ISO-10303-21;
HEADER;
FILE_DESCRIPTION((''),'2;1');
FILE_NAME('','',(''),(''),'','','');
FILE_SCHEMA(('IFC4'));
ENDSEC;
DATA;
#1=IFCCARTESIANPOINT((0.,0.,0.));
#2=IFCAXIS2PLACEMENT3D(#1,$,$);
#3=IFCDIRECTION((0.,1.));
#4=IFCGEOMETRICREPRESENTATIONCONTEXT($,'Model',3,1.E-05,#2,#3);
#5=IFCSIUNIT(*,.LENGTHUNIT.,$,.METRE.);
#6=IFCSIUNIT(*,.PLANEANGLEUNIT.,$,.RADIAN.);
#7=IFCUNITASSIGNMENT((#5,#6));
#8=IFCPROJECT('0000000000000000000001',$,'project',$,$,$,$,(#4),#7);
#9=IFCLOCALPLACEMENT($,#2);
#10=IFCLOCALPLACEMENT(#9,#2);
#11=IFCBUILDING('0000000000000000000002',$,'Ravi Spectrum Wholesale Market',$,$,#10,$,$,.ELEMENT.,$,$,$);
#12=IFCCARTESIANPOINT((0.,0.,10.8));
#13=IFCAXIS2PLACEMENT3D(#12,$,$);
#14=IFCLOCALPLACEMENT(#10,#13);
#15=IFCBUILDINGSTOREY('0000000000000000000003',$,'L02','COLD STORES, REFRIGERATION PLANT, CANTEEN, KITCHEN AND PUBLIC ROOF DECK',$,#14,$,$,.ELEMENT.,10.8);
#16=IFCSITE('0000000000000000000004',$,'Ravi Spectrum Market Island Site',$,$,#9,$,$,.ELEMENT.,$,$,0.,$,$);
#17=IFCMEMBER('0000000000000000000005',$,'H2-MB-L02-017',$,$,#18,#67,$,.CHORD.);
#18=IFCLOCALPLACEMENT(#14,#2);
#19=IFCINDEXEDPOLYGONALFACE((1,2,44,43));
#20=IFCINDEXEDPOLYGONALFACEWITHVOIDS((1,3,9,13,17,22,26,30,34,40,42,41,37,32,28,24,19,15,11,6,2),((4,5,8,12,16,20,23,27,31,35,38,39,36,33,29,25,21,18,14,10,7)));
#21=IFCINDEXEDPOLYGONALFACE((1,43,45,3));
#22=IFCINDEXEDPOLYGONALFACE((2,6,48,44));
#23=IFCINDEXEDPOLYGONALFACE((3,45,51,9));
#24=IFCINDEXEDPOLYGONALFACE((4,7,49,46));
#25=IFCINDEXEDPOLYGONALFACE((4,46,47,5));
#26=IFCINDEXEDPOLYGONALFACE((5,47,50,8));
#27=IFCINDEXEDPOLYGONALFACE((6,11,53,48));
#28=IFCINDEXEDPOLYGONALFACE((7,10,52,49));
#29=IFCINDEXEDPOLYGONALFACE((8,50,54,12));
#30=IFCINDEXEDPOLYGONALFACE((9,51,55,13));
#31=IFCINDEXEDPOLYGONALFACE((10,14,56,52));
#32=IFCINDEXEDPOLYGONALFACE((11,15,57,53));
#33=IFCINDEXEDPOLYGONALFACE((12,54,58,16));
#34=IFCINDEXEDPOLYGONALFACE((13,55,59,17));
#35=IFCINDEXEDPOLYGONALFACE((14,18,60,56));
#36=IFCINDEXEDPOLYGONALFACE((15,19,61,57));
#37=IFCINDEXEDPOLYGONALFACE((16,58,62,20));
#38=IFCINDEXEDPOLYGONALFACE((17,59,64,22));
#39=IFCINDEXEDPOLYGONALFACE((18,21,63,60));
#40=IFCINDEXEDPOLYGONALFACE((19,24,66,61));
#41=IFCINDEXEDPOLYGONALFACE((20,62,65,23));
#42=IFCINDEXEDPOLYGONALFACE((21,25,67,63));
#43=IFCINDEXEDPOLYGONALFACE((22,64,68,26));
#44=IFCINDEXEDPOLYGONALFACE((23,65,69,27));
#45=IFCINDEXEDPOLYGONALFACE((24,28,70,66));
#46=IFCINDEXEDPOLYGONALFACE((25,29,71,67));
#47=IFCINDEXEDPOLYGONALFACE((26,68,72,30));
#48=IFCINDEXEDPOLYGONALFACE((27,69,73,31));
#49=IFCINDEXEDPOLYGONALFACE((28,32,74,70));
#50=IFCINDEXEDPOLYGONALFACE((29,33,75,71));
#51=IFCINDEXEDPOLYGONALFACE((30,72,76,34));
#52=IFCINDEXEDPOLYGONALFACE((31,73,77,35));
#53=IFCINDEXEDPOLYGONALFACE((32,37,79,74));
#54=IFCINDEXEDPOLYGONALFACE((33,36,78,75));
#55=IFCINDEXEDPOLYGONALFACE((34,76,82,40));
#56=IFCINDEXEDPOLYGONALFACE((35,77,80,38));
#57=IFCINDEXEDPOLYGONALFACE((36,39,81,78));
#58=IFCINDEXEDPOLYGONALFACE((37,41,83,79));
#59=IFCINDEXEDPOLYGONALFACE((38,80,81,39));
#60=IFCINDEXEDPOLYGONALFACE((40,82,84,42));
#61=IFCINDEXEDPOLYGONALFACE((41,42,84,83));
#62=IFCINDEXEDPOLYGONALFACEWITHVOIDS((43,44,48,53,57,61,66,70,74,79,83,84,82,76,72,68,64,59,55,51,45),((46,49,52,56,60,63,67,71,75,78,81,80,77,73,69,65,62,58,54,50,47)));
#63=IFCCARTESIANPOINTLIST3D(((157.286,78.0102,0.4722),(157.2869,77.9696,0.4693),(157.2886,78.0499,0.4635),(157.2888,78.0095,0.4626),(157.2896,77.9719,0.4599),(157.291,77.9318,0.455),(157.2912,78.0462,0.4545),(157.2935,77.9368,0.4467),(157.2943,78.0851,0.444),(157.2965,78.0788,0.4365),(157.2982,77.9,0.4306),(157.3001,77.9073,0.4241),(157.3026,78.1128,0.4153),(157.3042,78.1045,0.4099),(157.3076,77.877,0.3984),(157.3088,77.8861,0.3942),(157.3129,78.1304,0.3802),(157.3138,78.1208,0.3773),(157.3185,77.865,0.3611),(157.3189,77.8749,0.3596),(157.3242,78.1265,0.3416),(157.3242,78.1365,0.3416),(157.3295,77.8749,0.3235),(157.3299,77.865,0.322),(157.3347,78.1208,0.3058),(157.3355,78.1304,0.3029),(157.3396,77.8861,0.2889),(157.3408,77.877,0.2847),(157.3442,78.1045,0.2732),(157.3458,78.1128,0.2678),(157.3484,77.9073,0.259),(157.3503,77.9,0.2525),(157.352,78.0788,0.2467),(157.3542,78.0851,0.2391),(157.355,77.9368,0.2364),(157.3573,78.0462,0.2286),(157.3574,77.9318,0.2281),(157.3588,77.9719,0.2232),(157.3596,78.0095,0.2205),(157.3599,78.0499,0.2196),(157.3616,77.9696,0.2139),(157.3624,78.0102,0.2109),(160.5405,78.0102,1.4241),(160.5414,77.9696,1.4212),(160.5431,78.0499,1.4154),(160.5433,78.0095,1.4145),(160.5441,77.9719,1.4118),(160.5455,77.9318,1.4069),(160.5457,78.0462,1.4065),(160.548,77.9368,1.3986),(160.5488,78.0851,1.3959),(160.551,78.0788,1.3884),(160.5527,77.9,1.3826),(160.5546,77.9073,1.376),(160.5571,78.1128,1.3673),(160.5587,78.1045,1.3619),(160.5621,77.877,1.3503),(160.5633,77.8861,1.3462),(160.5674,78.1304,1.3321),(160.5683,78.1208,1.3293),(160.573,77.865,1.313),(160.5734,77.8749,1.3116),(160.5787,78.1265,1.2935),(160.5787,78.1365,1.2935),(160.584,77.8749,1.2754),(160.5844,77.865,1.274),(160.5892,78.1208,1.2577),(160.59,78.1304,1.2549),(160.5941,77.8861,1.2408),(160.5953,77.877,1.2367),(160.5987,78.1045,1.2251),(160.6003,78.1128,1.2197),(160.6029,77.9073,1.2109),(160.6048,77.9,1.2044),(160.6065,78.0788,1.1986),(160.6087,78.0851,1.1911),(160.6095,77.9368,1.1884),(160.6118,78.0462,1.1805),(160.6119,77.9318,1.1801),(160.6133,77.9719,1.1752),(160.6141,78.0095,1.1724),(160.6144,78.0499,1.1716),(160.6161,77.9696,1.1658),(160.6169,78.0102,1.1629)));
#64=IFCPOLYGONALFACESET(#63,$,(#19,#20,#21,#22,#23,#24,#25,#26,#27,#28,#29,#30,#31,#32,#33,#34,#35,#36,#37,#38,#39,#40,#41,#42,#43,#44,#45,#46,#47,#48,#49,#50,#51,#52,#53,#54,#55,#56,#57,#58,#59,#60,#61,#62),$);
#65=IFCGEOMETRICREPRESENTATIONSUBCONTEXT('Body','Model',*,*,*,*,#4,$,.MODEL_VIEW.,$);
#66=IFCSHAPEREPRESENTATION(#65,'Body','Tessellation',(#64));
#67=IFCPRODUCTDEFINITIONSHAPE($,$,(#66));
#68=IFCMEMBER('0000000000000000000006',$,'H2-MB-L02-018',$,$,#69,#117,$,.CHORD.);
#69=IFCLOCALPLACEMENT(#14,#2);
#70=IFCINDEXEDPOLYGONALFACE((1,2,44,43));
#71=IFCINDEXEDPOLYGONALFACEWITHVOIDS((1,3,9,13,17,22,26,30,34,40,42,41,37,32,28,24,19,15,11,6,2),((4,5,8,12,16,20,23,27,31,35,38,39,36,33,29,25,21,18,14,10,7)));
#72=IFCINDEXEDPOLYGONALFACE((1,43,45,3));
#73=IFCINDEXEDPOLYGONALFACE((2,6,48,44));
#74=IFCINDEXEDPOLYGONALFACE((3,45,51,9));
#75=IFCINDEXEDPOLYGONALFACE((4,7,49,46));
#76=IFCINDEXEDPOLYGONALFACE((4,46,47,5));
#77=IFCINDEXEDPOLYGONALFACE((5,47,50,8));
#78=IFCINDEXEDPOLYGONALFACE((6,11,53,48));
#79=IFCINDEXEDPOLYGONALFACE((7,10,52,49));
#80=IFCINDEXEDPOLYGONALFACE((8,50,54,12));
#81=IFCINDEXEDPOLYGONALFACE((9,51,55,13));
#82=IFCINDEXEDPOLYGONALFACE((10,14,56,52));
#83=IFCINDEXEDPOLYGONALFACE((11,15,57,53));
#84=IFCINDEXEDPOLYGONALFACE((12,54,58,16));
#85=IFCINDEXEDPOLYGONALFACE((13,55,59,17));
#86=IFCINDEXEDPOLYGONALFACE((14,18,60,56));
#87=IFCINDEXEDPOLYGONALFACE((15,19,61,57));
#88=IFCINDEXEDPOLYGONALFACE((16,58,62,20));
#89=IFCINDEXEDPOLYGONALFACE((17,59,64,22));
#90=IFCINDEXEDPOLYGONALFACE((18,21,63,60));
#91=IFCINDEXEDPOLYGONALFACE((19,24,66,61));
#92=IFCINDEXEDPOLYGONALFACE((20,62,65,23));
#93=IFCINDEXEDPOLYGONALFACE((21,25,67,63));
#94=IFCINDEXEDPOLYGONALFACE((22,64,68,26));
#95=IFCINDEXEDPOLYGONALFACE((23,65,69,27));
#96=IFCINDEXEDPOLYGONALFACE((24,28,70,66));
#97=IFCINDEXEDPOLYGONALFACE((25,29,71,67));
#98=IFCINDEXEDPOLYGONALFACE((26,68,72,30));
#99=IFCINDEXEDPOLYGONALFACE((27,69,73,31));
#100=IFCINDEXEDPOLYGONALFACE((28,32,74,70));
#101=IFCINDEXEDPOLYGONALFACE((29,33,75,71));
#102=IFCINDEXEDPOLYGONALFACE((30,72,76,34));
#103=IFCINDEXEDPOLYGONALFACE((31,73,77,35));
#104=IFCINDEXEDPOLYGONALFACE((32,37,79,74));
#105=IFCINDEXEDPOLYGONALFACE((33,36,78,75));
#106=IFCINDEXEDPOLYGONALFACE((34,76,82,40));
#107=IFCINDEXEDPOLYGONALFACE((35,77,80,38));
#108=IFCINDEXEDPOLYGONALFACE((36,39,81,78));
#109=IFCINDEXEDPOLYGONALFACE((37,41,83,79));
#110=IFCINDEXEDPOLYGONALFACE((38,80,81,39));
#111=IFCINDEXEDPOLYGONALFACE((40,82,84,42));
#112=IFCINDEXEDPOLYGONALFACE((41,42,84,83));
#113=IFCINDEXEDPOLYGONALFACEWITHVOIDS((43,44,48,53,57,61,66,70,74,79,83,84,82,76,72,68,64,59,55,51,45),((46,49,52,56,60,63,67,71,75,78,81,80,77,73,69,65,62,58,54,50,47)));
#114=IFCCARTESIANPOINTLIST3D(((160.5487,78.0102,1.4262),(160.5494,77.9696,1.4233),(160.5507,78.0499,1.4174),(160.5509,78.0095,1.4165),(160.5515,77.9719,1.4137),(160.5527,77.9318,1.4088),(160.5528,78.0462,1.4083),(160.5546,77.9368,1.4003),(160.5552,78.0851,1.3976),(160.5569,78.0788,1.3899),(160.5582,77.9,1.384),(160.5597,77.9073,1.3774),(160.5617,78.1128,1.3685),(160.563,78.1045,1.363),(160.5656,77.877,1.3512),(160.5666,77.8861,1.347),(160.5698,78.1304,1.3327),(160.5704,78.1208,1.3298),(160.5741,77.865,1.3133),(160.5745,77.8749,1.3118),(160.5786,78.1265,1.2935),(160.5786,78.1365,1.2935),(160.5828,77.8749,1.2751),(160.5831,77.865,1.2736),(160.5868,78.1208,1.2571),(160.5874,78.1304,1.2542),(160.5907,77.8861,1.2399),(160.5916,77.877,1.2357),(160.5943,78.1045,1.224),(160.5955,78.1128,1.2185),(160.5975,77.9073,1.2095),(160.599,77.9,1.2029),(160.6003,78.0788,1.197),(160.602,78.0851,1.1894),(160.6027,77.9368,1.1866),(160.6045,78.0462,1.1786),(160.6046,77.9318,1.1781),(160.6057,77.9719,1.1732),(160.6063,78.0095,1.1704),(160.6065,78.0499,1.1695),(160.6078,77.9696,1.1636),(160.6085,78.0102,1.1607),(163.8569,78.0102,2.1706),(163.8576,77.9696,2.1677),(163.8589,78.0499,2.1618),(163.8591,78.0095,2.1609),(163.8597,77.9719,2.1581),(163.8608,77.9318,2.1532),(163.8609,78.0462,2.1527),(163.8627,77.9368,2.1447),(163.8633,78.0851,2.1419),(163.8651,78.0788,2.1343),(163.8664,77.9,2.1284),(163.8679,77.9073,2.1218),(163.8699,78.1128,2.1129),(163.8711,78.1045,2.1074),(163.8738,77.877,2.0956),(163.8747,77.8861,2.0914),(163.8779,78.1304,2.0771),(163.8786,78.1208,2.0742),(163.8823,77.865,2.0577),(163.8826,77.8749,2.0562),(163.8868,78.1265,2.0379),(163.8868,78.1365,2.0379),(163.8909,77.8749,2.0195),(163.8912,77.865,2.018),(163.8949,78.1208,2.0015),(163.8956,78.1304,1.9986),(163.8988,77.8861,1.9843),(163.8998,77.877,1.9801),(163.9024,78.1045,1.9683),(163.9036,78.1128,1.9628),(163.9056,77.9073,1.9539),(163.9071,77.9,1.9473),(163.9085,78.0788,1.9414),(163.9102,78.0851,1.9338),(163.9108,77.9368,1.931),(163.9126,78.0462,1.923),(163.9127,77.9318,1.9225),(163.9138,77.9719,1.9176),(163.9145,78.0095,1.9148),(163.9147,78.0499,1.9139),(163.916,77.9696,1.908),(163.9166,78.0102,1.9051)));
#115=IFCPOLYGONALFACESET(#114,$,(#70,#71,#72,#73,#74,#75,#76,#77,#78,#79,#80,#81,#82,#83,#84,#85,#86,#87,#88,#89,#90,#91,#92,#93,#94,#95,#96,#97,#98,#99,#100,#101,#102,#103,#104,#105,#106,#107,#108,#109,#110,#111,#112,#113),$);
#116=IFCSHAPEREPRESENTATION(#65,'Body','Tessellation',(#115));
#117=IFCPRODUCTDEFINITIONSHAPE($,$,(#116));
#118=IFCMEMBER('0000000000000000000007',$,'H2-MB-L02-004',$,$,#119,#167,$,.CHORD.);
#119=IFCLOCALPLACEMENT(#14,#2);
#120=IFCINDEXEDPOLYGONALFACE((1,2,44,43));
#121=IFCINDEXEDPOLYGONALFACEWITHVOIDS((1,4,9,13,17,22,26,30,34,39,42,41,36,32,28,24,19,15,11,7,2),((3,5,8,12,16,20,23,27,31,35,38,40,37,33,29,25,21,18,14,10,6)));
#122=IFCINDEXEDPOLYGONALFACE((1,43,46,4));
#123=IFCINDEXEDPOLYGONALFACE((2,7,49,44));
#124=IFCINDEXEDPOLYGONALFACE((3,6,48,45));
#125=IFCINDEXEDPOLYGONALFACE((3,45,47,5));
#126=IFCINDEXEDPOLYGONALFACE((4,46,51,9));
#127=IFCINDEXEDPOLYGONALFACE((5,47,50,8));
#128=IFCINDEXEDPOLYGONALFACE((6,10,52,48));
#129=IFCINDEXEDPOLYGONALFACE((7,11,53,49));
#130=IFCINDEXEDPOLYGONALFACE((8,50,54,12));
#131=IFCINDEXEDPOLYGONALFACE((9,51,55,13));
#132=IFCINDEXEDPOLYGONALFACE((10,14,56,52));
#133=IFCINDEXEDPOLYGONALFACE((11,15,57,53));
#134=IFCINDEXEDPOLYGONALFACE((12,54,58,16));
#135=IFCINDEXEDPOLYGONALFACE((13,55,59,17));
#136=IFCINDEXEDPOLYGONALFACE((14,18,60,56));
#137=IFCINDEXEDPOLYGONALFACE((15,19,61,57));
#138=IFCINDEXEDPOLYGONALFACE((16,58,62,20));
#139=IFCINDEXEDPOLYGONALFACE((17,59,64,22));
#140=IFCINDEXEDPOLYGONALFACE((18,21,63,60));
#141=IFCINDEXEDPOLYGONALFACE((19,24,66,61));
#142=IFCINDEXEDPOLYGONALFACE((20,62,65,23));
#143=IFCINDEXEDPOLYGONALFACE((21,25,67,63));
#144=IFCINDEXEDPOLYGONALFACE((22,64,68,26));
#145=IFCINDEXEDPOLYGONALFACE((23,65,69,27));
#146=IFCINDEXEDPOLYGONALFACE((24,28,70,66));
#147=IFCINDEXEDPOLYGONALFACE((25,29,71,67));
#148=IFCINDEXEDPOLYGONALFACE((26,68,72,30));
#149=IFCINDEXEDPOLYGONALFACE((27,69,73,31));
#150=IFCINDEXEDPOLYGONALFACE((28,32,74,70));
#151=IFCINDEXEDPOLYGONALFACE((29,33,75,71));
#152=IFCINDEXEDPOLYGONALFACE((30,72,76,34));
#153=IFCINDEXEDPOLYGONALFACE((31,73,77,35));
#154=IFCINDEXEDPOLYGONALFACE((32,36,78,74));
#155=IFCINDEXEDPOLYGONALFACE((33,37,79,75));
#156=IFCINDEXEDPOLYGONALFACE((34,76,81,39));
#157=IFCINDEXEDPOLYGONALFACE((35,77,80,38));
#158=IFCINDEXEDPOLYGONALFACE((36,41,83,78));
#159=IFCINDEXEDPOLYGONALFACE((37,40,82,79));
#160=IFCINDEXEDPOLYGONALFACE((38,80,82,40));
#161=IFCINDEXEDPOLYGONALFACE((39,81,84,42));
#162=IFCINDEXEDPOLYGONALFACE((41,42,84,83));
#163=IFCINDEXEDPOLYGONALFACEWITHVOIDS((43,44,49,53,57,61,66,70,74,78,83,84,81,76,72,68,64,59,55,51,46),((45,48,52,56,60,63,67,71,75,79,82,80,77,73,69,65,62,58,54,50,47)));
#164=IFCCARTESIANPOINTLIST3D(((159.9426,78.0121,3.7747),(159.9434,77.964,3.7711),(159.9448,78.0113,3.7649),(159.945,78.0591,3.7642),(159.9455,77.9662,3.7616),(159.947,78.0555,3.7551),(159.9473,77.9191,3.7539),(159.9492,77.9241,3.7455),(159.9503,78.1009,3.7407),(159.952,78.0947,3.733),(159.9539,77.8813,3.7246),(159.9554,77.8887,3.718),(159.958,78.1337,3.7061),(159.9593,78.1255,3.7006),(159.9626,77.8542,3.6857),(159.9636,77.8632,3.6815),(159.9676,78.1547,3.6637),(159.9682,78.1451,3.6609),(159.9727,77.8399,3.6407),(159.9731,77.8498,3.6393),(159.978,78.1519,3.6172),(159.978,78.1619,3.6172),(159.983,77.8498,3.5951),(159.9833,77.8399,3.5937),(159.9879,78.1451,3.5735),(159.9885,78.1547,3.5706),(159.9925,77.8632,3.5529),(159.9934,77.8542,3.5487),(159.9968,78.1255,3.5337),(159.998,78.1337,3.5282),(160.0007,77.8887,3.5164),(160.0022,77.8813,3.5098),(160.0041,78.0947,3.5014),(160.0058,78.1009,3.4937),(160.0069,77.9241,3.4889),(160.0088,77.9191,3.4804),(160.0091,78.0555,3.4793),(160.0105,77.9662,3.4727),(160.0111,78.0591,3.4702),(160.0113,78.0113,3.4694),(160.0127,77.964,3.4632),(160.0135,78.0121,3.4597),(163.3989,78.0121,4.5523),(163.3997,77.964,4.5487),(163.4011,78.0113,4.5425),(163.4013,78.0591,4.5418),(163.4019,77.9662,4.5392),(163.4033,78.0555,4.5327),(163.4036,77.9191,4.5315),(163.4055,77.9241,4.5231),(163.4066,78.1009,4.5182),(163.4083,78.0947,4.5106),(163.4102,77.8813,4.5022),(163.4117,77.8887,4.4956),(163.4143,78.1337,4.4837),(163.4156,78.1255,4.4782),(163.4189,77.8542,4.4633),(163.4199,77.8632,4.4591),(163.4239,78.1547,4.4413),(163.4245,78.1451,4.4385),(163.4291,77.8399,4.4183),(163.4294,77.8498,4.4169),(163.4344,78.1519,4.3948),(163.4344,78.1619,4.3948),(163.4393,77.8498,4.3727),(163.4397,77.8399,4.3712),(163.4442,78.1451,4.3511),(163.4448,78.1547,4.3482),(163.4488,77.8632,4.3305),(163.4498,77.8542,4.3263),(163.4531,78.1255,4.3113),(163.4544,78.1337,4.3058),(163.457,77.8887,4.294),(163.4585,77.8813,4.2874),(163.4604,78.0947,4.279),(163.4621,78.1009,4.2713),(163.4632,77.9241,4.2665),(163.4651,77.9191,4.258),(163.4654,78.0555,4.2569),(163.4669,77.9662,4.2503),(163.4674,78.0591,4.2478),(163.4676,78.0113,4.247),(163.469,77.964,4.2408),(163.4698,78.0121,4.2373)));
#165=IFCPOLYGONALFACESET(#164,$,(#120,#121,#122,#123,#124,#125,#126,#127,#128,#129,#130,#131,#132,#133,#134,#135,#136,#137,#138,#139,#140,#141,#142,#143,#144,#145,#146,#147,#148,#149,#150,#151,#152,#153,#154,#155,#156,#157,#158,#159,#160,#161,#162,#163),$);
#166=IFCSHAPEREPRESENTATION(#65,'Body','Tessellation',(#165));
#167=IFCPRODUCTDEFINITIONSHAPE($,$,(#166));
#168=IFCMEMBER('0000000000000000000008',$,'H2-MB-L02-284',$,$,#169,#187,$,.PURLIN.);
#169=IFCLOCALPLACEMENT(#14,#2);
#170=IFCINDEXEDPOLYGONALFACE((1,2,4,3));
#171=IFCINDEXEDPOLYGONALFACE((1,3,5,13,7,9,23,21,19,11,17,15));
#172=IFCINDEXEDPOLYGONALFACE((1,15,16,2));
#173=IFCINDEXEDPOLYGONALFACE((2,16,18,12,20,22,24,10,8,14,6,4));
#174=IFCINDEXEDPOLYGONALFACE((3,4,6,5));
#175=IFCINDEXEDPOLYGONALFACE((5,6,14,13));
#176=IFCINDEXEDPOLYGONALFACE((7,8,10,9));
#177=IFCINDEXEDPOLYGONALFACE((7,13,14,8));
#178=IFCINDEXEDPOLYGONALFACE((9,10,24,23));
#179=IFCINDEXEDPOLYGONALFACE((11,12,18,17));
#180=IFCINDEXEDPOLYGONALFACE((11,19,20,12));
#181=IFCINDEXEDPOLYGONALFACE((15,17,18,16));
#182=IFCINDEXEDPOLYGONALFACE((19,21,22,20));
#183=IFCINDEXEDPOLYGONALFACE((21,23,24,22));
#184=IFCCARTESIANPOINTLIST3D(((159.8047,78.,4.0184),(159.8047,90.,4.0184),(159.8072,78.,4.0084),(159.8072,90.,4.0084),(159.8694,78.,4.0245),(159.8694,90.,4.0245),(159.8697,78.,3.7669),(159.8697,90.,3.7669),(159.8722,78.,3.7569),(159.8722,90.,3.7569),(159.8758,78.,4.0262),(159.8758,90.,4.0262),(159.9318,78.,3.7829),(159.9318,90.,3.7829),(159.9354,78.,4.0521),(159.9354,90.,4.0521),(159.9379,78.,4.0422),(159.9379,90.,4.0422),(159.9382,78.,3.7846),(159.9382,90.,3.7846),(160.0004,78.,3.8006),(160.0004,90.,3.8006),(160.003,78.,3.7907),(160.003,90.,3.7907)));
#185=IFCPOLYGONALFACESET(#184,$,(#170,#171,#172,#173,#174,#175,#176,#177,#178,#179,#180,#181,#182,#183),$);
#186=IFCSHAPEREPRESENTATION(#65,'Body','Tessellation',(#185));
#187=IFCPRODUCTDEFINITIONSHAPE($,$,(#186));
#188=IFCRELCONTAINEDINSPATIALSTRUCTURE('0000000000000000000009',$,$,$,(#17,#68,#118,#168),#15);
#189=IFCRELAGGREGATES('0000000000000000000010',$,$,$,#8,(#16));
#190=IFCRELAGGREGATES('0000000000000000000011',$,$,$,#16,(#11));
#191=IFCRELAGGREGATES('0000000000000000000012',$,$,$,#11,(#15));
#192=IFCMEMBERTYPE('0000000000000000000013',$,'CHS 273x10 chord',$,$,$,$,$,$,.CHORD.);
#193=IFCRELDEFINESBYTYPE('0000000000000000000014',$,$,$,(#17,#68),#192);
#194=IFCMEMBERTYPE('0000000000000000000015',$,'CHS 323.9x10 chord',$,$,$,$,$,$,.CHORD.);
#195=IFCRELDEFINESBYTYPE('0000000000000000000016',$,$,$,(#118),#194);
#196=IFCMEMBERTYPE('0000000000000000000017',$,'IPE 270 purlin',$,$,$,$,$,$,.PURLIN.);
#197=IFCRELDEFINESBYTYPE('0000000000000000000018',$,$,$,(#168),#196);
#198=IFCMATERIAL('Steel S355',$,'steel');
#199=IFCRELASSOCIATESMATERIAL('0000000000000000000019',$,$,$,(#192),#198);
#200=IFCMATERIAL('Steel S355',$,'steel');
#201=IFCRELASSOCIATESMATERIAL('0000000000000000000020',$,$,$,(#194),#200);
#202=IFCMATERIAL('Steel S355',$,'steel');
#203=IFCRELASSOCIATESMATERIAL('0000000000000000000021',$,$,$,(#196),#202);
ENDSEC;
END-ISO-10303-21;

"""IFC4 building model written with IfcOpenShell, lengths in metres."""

from ifc_helpers import new_model, si_unit, direction, frame, origin, origin_2d, place, context, subcontext, project, spatial, hollow_circle, i_section, extrude, material, material_profile, profile_set, type_object, element, save


model = new_model("IFC4")

# Units and contexts
model_context = context("Model", 3, precision=1e-05, world=origin(), true_north=direction((0.0, 1.0)))
body_context = subcontext(model_context, "Body", "Model", "MODEL_VIEW")
ifc_project = project(units=[si_unit("LENGTHUNIT", "METRE"), si_unit("PLANEANGLEUNIT", "RADIAN")], contexts=[model_context])

# Site, building, storey
site_placement = place(None, origin())
site = spatial("IfcSite", under=ifc_project, at=site_placement, Name="Ravi Spectrum Market Island Site", CompositionType="ELEMENT", RefElevation=0.0)
building_placement = place(site_placement, origin())
building = spatial("IfcBuilding", under=site, at=building_placement, Name="Ravi Spectrum Wholesale Market", CompositionType="ELEMENT")
storey_placement = place(building_placement, frame((0.0, 0.0, 10.8)))
storey = spatial("IfcBuildingStorey", under=building, at=storey_placement, Name="L02", Description="COLD STORES, REFRIGERATION PLANT, CANTEEN, KITCHEN AND PUBLIC ROOF DECK", CompositionType="ELEMENT", Elevation=10.8)

# Members
ifc_material_1 = material(Name="Steel S355", Category="steel")
ifc_material_profile_1 = material_profile(ifc_material_1, hollow_circle(Radius=0.1365, WallThickness=0.01, at=origin_2d()))
ifc_profile_set_1 = profile_set([ifc_material_profile_1], Name="Steel S355")
member_type_1 = type_object("IfcMemberType", Name="CHS 273x10 chord", PredefinedType="CHORD", material=ifc_profile_set_1)
for number, where, z_axis, x_axis, name in (
    (1, (157.3242, 78.0, 0.3416), (0.959785, 0.0, 0.280735), (0.0, 1.0, 0.0), "H2-MB-L02-017"),
    (2, (160.5786, 78.0, 1.2935), (0.975606, 0.0, 0.219529), (0.0, 1.0, 0.0), "H2-MB-L02-018"),
):
    element("IfcMember", number, at=place(storey_placement, frame(where, z_axis=z_axis, x_axis=x_axis)), inside=storey, type_object=member_type_1, Name=name, PredefinedType="CHORD", context=body_context, shape_type="SweptSolid", body=[
        extrude(hollow_circle(Radius=0.1365, WallThickness=0.01, at=origin_2d()), origin(), (0.0, 0.0, 1.0), 3.3909),
    ])
ifc_material_2 = material(Name="Steel S355", Category="steel")
ifc_material_profile_2 = material_profile(ifc_material_2, hollow_circle(Radius=0.1619, WallThickness=0.01, at=origin_2d()))
ifc_profile_set_2 = profile_set([ifc_material_profile_2], Name="Steel S355")
member_type_2 = type_object("IfcMemberType", Name="CHS 323.9x10 chord", PredefinedType="CHORD", material=ifc_profile_set_2)
member_1_placement = place(storey_placement, frame((159.978, 78.0, 3.6172), z_axis=(0.975615, 0.0, 0.219491), x_axis=(0.0, 1.0, 0.0)))
element("IfcMember", 3, at=member_1_placement, inside=storey, type_object=member_type_2, Name="H2-MB-L02-004", PredefinedType="CHORD", context=body_context, shape_type="SweptSolid", body=[
    extrude(hollow_circle(Radius=0.1619, WallThickness=0.01, at=origin_2d()), origin(), (0.0, 0.0, 1.0), 3.5427),
])
ifc_material_3 = material(Name="Steel S355", Category="steel")
ifc_material_profile_3 = material_profile(ifc_material_3, i_section(OverallWidth=0.135, OverallDepth=0.27, WebThickness=0.0066, FlangeThickness=0.0103, at=origin_2d()))
ifc_profile_set_3 = profile_set([ifc_material_profile_3], Name="Steel S355")
member_type_3 = type_object("IfcMemberType", Name="IPE 270 purlin", PredefinedType="PURLIN", material=ifc_profile_set_3)
member_2_placement = place(storey_placement, frame((159.9038, 78.0, 3.9045), z_axis=(0.0, 1.0, 0.0), x_axis=(-0.968183, 0.0, -0.250243)))
element("IfcMember", 4, at=member_2_placement, inside=storey, type_object=member_type_3, Name="H2-MB-L02-284", PredefinedType="PURLIN", context=body_context, shape_type="SweptSolid", body=[
    extrude(i_section(OverallWidth=0.135, OverallDepth=0.27, WebThickness=0.0066, FlangeThickness=0.0103, at=origin_2d()), origin(), (0.0, 0.0, 1.0), 12.0),
])

save(model, "model.ifc")
